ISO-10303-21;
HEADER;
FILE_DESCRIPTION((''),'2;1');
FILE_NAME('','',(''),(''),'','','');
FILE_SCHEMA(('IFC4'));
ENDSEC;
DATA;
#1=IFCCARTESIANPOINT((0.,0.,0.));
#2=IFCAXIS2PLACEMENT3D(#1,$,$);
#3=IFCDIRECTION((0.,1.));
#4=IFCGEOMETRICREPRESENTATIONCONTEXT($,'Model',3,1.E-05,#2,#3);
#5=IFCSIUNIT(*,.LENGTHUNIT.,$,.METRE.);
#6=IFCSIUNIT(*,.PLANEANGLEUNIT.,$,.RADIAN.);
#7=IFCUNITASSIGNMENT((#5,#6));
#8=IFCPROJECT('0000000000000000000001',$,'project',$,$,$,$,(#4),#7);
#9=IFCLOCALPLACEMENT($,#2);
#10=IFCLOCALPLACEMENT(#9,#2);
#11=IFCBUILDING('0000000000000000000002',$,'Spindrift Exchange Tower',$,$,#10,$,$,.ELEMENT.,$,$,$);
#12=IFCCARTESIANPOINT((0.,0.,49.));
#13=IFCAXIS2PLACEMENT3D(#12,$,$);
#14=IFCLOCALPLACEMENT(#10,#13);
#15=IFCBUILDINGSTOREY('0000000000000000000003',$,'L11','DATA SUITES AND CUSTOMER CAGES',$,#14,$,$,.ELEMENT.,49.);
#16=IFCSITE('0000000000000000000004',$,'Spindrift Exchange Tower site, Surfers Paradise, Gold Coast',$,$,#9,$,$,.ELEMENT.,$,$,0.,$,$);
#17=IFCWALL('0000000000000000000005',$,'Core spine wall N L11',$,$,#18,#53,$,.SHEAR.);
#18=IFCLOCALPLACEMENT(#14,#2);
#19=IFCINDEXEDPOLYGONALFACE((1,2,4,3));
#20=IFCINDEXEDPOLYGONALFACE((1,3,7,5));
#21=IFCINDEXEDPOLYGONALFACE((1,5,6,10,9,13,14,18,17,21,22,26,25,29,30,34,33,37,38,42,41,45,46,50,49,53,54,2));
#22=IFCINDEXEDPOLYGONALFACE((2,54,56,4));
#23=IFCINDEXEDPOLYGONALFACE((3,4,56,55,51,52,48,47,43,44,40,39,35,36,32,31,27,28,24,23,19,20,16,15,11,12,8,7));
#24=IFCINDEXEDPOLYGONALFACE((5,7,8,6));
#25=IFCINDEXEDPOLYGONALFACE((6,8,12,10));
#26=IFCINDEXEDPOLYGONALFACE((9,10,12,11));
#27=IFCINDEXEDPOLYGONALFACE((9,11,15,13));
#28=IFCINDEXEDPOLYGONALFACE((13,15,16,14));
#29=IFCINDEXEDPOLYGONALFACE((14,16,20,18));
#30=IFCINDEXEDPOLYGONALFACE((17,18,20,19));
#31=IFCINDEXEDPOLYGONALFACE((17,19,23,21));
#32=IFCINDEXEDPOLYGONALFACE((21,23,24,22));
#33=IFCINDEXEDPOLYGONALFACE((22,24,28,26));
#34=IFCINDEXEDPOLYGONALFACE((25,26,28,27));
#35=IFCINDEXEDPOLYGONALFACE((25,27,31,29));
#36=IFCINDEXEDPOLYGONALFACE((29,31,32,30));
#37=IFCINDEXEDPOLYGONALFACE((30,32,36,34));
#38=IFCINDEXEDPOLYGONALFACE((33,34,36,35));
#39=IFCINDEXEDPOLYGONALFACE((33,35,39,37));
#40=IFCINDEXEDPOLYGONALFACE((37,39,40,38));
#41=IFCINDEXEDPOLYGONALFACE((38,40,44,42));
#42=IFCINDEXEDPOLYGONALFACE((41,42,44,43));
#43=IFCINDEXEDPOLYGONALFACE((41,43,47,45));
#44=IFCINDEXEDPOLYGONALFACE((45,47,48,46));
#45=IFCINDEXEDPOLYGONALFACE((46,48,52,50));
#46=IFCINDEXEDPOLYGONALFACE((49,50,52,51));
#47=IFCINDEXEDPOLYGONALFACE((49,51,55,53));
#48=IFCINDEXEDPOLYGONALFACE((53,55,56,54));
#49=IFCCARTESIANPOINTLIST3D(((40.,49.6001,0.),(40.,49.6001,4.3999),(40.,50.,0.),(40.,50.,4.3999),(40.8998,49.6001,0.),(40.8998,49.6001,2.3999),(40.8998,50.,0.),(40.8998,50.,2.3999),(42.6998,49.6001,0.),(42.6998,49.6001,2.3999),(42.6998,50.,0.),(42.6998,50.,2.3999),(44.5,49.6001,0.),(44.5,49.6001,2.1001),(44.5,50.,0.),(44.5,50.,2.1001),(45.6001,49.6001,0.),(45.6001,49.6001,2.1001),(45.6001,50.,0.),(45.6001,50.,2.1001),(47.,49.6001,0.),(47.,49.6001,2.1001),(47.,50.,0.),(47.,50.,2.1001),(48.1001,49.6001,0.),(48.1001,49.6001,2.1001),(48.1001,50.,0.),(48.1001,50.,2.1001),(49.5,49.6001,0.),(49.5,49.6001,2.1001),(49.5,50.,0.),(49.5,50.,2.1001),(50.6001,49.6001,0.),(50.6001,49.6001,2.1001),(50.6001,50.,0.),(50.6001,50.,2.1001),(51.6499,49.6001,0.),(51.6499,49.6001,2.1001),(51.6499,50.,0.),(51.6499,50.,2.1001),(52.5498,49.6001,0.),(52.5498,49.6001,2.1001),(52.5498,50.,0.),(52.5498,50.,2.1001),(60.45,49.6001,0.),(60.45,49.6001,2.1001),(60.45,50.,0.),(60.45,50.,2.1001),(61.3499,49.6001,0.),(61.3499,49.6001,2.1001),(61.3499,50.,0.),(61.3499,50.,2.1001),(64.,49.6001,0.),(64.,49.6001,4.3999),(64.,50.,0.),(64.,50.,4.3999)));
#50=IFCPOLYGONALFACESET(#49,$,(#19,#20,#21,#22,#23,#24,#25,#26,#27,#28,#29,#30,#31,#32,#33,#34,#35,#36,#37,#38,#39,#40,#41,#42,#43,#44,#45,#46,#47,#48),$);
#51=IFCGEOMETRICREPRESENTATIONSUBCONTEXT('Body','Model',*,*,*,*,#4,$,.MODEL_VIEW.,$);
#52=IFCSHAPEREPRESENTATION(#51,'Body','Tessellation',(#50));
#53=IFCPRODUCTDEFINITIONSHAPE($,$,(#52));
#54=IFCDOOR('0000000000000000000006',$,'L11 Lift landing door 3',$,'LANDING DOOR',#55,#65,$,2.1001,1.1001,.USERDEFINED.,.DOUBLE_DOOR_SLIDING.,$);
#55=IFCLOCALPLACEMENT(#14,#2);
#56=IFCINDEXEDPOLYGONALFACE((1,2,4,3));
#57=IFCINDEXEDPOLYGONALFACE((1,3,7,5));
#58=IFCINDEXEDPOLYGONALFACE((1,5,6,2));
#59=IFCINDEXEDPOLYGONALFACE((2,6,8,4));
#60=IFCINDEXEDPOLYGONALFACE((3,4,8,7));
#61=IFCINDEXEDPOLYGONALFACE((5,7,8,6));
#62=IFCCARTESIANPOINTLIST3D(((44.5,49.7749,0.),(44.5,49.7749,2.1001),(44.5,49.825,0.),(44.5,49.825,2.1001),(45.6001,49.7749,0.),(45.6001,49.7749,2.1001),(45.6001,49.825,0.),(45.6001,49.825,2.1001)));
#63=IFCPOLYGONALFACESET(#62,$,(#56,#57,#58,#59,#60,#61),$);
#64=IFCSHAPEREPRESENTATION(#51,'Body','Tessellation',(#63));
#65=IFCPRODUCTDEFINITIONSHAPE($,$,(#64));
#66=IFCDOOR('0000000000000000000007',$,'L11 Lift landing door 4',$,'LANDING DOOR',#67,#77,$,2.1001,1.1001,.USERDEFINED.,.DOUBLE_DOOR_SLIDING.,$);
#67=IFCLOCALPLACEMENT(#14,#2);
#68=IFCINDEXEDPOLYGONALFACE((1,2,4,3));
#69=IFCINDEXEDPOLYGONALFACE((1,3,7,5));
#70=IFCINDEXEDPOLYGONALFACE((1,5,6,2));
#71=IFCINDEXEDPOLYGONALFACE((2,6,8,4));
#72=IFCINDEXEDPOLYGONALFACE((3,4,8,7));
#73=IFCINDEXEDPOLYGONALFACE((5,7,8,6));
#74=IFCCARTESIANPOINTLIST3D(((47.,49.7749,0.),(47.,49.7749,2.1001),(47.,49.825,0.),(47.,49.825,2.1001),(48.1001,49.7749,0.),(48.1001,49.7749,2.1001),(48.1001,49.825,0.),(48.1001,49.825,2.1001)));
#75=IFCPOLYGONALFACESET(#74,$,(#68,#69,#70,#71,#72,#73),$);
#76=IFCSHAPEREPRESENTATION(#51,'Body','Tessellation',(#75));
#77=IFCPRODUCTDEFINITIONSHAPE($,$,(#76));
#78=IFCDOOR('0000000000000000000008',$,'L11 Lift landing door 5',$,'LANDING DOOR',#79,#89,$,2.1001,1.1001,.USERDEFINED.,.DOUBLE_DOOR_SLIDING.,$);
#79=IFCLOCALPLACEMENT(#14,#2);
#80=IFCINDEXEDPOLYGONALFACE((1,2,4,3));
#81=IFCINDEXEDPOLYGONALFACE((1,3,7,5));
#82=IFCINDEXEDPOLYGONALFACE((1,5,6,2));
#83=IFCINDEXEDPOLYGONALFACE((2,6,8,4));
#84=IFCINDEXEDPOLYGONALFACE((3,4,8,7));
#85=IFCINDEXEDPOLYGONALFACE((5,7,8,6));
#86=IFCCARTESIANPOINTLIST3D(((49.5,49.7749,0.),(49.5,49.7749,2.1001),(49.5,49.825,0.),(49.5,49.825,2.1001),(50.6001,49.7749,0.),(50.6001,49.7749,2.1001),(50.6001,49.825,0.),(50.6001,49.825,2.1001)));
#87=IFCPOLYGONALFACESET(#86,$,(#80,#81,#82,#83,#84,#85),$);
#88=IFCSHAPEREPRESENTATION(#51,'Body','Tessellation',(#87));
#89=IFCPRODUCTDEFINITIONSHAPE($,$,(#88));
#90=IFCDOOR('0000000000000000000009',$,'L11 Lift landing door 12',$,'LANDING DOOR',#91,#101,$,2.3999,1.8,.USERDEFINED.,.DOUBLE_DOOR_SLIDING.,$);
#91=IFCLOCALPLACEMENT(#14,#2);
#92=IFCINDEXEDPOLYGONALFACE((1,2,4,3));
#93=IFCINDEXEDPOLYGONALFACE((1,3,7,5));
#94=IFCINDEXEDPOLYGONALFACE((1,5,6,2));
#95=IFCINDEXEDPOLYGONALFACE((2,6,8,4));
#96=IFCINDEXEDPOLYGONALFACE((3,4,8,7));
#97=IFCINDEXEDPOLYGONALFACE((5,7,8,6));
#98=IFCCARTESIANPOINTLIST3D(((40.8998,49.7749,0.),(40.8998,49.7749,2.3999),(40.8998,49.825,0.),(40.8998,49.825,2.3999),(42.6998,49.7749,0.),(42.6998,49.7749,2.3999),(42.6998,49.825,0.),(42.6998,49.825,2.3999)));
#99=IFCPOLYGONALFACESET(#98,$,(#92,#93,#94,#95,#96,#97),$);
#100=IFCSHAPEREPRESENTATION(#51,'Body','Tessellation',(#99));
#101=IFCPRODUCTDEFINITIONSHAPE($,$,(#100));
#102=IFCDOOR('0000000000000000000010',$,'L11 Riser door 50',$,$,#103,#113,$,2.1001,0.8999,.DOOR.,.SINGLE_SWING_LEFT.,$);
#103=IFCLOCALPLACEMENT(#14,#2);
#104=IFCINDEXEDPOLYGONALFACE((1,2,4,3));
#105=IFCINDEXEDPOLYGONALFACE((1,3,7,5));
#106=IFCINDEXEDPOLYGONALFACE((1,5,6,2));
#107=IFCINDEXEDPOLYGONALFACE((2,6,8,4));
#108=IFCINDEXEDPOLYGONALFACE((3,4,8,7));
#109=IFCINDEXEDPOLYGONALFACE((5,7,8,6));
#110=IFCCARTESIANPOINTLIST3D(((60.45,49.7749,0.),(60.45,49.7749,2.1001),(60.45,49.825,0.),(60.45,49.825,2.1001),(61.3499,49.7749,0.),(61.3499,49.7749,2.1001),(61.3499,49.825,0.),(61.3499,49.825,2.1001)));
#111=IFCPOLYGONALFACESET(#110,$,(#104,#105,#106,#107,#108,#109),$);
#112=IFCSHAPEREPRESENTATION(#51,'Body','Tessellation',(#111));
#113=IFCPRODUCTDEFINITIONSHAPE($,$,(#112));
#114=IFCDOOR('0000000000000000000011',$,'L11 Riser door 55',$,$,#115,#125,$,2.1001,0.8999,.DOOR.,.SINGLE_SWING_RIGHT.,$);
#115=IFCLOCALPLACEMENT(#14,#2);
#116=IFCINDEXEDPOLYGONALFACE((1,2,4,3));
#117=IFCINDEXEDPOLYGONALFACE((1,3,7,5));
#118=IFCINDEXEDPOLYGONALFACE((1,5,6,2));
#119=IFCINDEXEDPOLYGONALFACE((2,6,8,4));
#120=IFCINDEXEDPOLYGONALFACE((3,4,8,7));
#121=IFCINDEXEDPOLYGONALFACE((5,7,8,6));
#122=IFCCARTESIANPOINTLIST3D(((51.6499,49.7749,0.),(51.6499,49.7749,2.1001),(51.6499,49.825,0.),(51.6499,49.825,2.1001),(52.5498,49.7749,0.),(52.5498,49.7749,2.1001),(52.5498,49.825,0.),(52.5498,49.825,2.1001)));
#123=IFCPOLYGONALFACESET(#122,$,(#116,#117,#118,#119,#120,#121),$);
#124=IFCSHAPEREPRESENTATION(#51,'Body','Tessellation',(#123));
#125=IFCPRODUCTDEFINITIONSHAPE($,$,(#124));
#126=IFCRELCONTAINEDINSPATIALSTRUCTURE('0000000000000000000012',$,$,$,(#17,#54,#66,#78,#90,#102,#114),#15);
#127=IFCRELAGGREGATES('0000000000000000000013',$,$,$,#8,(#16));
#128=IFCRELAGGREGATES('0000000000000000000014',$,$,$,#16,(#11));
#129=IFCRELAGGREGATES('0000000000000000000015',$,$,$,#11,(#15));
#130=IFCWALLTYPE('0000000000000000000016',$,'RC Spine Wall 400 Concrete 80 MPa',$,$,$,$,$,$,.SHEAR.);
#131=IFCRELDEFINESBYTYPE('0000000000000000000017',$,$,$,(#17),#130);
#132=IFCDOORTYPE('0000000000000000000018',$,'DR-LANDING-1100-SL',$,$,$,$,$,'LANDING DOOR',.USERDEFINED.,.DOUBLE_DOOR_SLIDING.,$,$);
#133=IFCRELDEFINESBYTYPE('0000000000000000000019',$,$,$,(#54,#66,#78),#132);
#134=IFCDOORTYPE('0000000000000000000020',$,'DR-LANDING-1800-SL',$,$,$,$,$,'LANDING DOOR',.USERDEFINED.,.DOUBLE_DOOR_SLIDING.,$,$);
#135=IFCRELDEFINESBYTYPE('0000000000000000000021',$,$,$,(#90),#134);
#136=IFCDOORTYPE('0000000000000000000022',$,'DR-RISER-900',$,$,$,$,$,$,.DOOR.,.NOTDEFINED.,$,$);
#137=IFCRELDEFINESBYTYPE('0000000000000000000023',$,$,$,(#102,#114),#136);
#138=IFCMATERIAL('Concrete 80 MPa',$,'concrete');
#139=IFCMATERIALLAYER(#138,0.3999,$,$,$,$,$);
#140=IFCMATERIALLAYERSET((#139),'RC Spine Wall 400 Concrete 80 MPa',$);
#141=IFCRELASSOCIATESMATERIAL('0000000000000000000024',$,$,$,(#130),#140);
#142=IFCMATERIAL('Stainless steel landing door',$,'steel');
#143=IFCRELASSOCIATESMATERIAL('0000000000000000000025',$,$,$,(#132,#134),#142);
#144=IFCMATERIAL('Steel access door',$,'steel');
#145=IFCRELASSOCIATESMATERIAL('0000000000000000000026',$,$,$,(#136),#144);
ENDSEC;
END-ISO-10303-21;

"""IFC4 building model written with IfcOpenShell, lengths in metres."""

from ifc_helpers import new_model, si_unit, direction, frame, frame_2d, origin, place, context, subcontext, project, spatial, rectangle, extrude, source, transform, mapped, material, layer, layer_set, type_object, element, fill, save


model = new_model("IFC4")

# Units and contexts
model_context = context("Model", 3, precision=1e-05, world=origin(), true_north=direction((0.0, 1.0)))
body_context = subcontext(model_context, "Body", "Model", "MODEL_VIEW")
ifc_project = project(units=[si_unit("LENGTHUNIT", "METRE"), si_unit("PLANEANGLEUNIT", "RADIAN")], contexts=[model_context])

# Site, building, storey
site_placement = place(None, origin())
site = spatial("IfcSite", under=ifc_project, at=site_placement, Name="Spindrift Exchange Tower site, Surfers Paradise, Gold Coast", CompositionType="ELEMENT", RefElevation=0.0)
building_placement = place(site_placement, origin())
building = spatial("IfcBuilding", under=site, at=building_placement, Name="Spindrift Exchange Tower", CompositionType="ELEMENT")
storey_placement = place(building_placement, frame((0.0, 0.0, 49.0)))
storey = spatial("IfcBuildingStorey", under=building, at=storey_placement, Name="L11", Description="DATA SUITES AND CUSTOMER CAGES", CompositionType="ELEMENT", Elevation=49.0)

# Wall, openings, doors
ifc_material_1 = material(Name="Concrete 80 MPa", Category="concrete")
ifc_layer_1 = layer(ifc_material_1, 0.3999)
ifc_layer_set_1 = layer_set([ifc_layer_1], Name="RC Spine Wall 400 Concrete 80 MPa")
wall_type_1 = type_object("IfcWallType", Name="RC Spine Wall 400 Concrete 80 MPa", PredefinedType="SHEAR", material=ifc_layer_set_1)
wall_1_placement = place(storey_placement, frame((40.0, 49.8, 0.0), z_axis=(0.0, 0.0, 1.0), x_axis=(1.0, 0.0, 0.0)))
wall_1 = element("IfcWall", 1, at=wall_1_placement, inside=storey, type_object=wall_type_1, Name="Core spine wall N L11", PredefinedType="SHEAR", context=body_context, shape_type="SweptSolid", body=[
    extrude(rectangle(XDim=24.0, YDim=0.3999, at=frame_2d((12.0, 0.0))), origin(), (0.0, 0.0, 1.0), 4.3999),
])
opening_1_placement = place(wall_1_placement, frame((4.5, 0.0, 0.0)))
opening_1 = element("IfcOpeningElement", 2, at=opening_1_placement, cuts=wall_1, PredefinedType="OPENING", context=body_context, shape_type="SweptSolid", body=[
    extrude(rectangle(XDim=1.1001, YDim=2.1001, at=frame_2d((0.55, 1.05))), frame((0.0, 0.21, 0.0), z_axis=(0.0, -1.0, 0.0), x_axis=(1.0, 0.0, 0.0)), (0.0, 0.0, 1.0), 0.4199),
])
opening_2_placement = place(wall_1_placement, frame((7.0, 0.0, 0.0)))
opening_2 = element("IfcOpeningElement", 3, at=opening_2_placement, cuts=wall_1, PredefinedType="OPENING", context=body_context, shape_type="SweptSolid", body=[
    extrude(rectangle(XDim=1.1001, YDim=2.1001, at=frame_2d((0.55, 1.05))), frame((0.0, 0.21, 0.0), z_axis=(0.0, -1.0, 0.0), x_axis=(1.0, 0.0, 0.0)), (0.0, 0.0, 1.0), 0.4199),
])
opening_3_placement = place(wall_1_placement, frame((9.5, 0.0, 0.0)))
opening_3 = element("IfcOpeningElement", 4, at=opening_3_placement, cuts=wall_1, PredefinedType="OPENING", context=body_context, shape_type="SweptSolid", body=[
    extrude(rectangle(XDim=1.1001, YDim=2.1001, at=frame_2d((0.55, 1.05))), frame((0.0, 0.21, 0.0), z_axis=(0.0, -1.0, 0.0), x_axis=(1.0, 0.0, 0.0)), (0.0, 0.0, 1.0), 0.4199),
])
opening_4_placement = place(wall_1_placement, frame((0.8999, 0.0, 0.0)))
opening_4 = element("IfcOpeningElement", 5, at=opening_4_placement, cuts=wall_1, PredefinedType="OPENING", context=body_context, shape_type="SweptSolid", body=[
    extrude(rectangle(XDim=1.8, YDim=2.3999, at=frame_2d((0.8999, 1.2))), frame((0.0, 0.21, 0.0), z_axis=(0.0, -1.0, 0.0), x_axis=(1.0, 0.0, 0.0)), (0.0, 0.0, 1.0), 0.4199),
])
opening_5_placement = place(wall_1_placement, frame((20.45, 0.0, 0.0)))
opening_5 = element("IfcOpeningElement", 6, at=opening_5_placement, cuts=wall_1, PredefinedType="OPENING", context=body_context, shape_type="SweptSolid", body=[
    extrude(rectangle(XDim=0.8999, YDim=2.1001, at=frame_2d((0.45, 1.05))), frame((0.0, 0.21, 0.0), z_axis=(0.0, -1.0, 0.0), x_axis=(1.0, 0.0, 0.0)), (0.0, 0.0, 1.0), 0.4199),
])
opening_6_placement = place(wall_1_placement, frame((11.6499, 0.0, 0.0)))
opening_6 = element("IfcOpeningElement", 7, at=opening_6_placement, cuts=wall_1, PredefinedType="OPENING", context=body_context, shape_type="SweptSolid", body=[
    extrude(rectangle(XDim=0.8999, YDim=2.1001, at=frame_2d((0.45, 1.05))), frame((0.0, 0.21, 0.0), z_axis=(0.0, -1.0, 0.0), x_axis=(1.0, 0.0, 0.0)), (0.0, 0.0, 1.0), 0.4199),
])
ifc_material_2 = material(Name="Stainless steel landing door", Category="steel")
door_type_1 = type_object("IfcDoorType", Name="DR-LANDING-1100-SL", ElementType="LANDING DOOR", OperationType="DOUBLE_DOOR_SLIDING", PredefinedType="USERDEFINED", material=ifc_material_2)
shared_shape_1 = source(origin(), body_context, "Body", "SweptSolid", [
    extrude(rectangle(XDim=1.1001, YDim=2.1001, at=frame_2d((0.55, 1.05))), frame((0.0, 0.0249, 0.0), z_axis=(0.0, -1.0, 0.0), x_axis=(1.0, 0.0, 0.0)), (0.0, 0.0, 1.0), 0.05),
])
door_1_placement = place(opening_1_placement, origin())
door_1 = element("IfcDoor", 8, at=door_1_placement, inside=storey, type_object=door_type_1, Name="L11 Lift landing door 3", ObjectType="LANDING DOOR", OperationType="DOUBLE_DOOR_SLIDING", OverallHeight=2.1001, OverallWidth=1.1001, PredefinedType="USERDEFINED", context=body_context, shape_type="MappedRepresentation", body=[
    mapped(shared_shape_1, transform((0.0, 0.0, 0.0), scale=1.0)),
])
fill(opening_1, door_1)
door_2_placement = place(opening_2_placement, origin())
door_2 = element("IfcDoor", 9, at=door_2_placement, inside=storey, type_object=door_type_1, Name="L11 Lift landing door 4", ObjectType="LANDING DOOR", OperationType="DOUBLE_DOOR_SLIDING", OverallHeight=2.1001, OverallWidth=1.1001, PredefinedType="USERDEFINED", context=body_context, shape_type="MappedRepresentation", body=[
    mapped(shared_shape_1, transform((0.0, 0.0, 0.0), scale=1.0)),
])
fill(opening_2, door_2)
door_3_placement = place(opening_3_placement, origin())
door_3 = element("IfcDoor", 10, at=door_3_placement, inside=storey, type_object=door_type_1, Name="L11 Lift landing door 5", ObjectType="LANDING DOOR", OperationType="DOUBLE_DOOR_SLIDING", OverallHeight=2.1001, OverallWidth=1.1001, PredefinedType="USERDEFINED", context=body_context, shape_type="MappedRepresentation", body=[
    mapped(shared_shape_1, transform((0.0, 0.0, 0.0), scale=1.0)),
])
fill(opening_3, door_3)
door_type_2 = type_object("IfcDoorType", Name="DR-LANDING-1800-SL", ElementType="LANDING DOOR", OperationType="DOUBLE_DOOR_SLIDING", PredefinedType="USERDEFINED", material=ifc_material_2)
shared_shape_2 = source(origin(), body_context, "Body", "SweptSolid", [
    extrude(rectangle(XDim=1.8, YDim=2.3999, at=frame_2d((0.8999, 1.2))), frame((0.0, 0.0249, 0.0), z_axis=(0.0, -1.0, 0.0), x_axis=(1.0, 0.0, 0.0)), (0.0, 0.0, 1.0), 0.05),
])
door_4_placement = place(opening_4_placement, origin())
door_4 = element("IfcDoor", 11, at=door_4_placement, inside=storey, type_object=door_type_2, Name="L11 Lift landing door 12", ObjectType="LANDING DOOR", OperationType="DOUBLE_DOOR_SLIDING", OverallHeight=2.3999, OverallWidth=1.8, PredefinedType="USERDEFINED", context=body_context, shape_type="MappedRepresentation", body=[
    mapped(shared_shape_2, transform((0.0, 0.0, 0.0), scale=1.0)),
])
fill(opening_4, door_4)
ifc_material_3 = material(Name="Steel access door", Category="steel")
door_type_3 = type_object("IfcDoorType", Name="DR-RISER-900", OperationType="NOTDEFINED", PredefinedType="DOOR", material=ifc_material_3)
shared_shape_3 = source(origin(), body_context, "Body", "SweptSolid", [
    extrude(rectangle(XDim=0.8999, YDim=2.1001, at=frame_2d((0.45, 1.05))), frame((0.0, 0.0249, 0.0), z_axis=(0.0, -1.0, 0.0), x_axis=(1.0, 0.0, 0.0)), (0.0, 0.0, 1.0), 0.05),
])
door_5_placement = place(opening_5_placement, origin())
door_5 = element("IfcDoor", 12, at=door_5_placement, inside=storey, type_object=door_type_3, Name="L11 Riser door 50", OperationType="SINGLE_SWING_LEFT", OverallHeight=2.1001, OverallWidth=0.8999, PredefinedType="DOOR", context=body_context, shape_type="MappedRepresentation", body=[
    mapped(shared_shape_3, transform((0.0, 0.0, 0.0), scale=1.0)),
])
fill(opening_5, door_5)
door_6_placement = place(opening_6_placement, origin())
door_6 = element("IfcDoor", 13, at=door_6_placement, inside=storey, type_object=door_type_3, Name="L11 Riser door 55", OperationType="SINGLE_SWING_RIGHT", OverallHeight=2.1001, OverallWidth=0.8999, PredefinedType="DOOR", context=body_context, shape_type="MappedRepresentation", body=[
    mapped(shared_shape_3, transform((0.0, 0.0, 0.0), scale=1.0)),
])
fill(opening_6, door_6)

save(model, "model.ifc")
